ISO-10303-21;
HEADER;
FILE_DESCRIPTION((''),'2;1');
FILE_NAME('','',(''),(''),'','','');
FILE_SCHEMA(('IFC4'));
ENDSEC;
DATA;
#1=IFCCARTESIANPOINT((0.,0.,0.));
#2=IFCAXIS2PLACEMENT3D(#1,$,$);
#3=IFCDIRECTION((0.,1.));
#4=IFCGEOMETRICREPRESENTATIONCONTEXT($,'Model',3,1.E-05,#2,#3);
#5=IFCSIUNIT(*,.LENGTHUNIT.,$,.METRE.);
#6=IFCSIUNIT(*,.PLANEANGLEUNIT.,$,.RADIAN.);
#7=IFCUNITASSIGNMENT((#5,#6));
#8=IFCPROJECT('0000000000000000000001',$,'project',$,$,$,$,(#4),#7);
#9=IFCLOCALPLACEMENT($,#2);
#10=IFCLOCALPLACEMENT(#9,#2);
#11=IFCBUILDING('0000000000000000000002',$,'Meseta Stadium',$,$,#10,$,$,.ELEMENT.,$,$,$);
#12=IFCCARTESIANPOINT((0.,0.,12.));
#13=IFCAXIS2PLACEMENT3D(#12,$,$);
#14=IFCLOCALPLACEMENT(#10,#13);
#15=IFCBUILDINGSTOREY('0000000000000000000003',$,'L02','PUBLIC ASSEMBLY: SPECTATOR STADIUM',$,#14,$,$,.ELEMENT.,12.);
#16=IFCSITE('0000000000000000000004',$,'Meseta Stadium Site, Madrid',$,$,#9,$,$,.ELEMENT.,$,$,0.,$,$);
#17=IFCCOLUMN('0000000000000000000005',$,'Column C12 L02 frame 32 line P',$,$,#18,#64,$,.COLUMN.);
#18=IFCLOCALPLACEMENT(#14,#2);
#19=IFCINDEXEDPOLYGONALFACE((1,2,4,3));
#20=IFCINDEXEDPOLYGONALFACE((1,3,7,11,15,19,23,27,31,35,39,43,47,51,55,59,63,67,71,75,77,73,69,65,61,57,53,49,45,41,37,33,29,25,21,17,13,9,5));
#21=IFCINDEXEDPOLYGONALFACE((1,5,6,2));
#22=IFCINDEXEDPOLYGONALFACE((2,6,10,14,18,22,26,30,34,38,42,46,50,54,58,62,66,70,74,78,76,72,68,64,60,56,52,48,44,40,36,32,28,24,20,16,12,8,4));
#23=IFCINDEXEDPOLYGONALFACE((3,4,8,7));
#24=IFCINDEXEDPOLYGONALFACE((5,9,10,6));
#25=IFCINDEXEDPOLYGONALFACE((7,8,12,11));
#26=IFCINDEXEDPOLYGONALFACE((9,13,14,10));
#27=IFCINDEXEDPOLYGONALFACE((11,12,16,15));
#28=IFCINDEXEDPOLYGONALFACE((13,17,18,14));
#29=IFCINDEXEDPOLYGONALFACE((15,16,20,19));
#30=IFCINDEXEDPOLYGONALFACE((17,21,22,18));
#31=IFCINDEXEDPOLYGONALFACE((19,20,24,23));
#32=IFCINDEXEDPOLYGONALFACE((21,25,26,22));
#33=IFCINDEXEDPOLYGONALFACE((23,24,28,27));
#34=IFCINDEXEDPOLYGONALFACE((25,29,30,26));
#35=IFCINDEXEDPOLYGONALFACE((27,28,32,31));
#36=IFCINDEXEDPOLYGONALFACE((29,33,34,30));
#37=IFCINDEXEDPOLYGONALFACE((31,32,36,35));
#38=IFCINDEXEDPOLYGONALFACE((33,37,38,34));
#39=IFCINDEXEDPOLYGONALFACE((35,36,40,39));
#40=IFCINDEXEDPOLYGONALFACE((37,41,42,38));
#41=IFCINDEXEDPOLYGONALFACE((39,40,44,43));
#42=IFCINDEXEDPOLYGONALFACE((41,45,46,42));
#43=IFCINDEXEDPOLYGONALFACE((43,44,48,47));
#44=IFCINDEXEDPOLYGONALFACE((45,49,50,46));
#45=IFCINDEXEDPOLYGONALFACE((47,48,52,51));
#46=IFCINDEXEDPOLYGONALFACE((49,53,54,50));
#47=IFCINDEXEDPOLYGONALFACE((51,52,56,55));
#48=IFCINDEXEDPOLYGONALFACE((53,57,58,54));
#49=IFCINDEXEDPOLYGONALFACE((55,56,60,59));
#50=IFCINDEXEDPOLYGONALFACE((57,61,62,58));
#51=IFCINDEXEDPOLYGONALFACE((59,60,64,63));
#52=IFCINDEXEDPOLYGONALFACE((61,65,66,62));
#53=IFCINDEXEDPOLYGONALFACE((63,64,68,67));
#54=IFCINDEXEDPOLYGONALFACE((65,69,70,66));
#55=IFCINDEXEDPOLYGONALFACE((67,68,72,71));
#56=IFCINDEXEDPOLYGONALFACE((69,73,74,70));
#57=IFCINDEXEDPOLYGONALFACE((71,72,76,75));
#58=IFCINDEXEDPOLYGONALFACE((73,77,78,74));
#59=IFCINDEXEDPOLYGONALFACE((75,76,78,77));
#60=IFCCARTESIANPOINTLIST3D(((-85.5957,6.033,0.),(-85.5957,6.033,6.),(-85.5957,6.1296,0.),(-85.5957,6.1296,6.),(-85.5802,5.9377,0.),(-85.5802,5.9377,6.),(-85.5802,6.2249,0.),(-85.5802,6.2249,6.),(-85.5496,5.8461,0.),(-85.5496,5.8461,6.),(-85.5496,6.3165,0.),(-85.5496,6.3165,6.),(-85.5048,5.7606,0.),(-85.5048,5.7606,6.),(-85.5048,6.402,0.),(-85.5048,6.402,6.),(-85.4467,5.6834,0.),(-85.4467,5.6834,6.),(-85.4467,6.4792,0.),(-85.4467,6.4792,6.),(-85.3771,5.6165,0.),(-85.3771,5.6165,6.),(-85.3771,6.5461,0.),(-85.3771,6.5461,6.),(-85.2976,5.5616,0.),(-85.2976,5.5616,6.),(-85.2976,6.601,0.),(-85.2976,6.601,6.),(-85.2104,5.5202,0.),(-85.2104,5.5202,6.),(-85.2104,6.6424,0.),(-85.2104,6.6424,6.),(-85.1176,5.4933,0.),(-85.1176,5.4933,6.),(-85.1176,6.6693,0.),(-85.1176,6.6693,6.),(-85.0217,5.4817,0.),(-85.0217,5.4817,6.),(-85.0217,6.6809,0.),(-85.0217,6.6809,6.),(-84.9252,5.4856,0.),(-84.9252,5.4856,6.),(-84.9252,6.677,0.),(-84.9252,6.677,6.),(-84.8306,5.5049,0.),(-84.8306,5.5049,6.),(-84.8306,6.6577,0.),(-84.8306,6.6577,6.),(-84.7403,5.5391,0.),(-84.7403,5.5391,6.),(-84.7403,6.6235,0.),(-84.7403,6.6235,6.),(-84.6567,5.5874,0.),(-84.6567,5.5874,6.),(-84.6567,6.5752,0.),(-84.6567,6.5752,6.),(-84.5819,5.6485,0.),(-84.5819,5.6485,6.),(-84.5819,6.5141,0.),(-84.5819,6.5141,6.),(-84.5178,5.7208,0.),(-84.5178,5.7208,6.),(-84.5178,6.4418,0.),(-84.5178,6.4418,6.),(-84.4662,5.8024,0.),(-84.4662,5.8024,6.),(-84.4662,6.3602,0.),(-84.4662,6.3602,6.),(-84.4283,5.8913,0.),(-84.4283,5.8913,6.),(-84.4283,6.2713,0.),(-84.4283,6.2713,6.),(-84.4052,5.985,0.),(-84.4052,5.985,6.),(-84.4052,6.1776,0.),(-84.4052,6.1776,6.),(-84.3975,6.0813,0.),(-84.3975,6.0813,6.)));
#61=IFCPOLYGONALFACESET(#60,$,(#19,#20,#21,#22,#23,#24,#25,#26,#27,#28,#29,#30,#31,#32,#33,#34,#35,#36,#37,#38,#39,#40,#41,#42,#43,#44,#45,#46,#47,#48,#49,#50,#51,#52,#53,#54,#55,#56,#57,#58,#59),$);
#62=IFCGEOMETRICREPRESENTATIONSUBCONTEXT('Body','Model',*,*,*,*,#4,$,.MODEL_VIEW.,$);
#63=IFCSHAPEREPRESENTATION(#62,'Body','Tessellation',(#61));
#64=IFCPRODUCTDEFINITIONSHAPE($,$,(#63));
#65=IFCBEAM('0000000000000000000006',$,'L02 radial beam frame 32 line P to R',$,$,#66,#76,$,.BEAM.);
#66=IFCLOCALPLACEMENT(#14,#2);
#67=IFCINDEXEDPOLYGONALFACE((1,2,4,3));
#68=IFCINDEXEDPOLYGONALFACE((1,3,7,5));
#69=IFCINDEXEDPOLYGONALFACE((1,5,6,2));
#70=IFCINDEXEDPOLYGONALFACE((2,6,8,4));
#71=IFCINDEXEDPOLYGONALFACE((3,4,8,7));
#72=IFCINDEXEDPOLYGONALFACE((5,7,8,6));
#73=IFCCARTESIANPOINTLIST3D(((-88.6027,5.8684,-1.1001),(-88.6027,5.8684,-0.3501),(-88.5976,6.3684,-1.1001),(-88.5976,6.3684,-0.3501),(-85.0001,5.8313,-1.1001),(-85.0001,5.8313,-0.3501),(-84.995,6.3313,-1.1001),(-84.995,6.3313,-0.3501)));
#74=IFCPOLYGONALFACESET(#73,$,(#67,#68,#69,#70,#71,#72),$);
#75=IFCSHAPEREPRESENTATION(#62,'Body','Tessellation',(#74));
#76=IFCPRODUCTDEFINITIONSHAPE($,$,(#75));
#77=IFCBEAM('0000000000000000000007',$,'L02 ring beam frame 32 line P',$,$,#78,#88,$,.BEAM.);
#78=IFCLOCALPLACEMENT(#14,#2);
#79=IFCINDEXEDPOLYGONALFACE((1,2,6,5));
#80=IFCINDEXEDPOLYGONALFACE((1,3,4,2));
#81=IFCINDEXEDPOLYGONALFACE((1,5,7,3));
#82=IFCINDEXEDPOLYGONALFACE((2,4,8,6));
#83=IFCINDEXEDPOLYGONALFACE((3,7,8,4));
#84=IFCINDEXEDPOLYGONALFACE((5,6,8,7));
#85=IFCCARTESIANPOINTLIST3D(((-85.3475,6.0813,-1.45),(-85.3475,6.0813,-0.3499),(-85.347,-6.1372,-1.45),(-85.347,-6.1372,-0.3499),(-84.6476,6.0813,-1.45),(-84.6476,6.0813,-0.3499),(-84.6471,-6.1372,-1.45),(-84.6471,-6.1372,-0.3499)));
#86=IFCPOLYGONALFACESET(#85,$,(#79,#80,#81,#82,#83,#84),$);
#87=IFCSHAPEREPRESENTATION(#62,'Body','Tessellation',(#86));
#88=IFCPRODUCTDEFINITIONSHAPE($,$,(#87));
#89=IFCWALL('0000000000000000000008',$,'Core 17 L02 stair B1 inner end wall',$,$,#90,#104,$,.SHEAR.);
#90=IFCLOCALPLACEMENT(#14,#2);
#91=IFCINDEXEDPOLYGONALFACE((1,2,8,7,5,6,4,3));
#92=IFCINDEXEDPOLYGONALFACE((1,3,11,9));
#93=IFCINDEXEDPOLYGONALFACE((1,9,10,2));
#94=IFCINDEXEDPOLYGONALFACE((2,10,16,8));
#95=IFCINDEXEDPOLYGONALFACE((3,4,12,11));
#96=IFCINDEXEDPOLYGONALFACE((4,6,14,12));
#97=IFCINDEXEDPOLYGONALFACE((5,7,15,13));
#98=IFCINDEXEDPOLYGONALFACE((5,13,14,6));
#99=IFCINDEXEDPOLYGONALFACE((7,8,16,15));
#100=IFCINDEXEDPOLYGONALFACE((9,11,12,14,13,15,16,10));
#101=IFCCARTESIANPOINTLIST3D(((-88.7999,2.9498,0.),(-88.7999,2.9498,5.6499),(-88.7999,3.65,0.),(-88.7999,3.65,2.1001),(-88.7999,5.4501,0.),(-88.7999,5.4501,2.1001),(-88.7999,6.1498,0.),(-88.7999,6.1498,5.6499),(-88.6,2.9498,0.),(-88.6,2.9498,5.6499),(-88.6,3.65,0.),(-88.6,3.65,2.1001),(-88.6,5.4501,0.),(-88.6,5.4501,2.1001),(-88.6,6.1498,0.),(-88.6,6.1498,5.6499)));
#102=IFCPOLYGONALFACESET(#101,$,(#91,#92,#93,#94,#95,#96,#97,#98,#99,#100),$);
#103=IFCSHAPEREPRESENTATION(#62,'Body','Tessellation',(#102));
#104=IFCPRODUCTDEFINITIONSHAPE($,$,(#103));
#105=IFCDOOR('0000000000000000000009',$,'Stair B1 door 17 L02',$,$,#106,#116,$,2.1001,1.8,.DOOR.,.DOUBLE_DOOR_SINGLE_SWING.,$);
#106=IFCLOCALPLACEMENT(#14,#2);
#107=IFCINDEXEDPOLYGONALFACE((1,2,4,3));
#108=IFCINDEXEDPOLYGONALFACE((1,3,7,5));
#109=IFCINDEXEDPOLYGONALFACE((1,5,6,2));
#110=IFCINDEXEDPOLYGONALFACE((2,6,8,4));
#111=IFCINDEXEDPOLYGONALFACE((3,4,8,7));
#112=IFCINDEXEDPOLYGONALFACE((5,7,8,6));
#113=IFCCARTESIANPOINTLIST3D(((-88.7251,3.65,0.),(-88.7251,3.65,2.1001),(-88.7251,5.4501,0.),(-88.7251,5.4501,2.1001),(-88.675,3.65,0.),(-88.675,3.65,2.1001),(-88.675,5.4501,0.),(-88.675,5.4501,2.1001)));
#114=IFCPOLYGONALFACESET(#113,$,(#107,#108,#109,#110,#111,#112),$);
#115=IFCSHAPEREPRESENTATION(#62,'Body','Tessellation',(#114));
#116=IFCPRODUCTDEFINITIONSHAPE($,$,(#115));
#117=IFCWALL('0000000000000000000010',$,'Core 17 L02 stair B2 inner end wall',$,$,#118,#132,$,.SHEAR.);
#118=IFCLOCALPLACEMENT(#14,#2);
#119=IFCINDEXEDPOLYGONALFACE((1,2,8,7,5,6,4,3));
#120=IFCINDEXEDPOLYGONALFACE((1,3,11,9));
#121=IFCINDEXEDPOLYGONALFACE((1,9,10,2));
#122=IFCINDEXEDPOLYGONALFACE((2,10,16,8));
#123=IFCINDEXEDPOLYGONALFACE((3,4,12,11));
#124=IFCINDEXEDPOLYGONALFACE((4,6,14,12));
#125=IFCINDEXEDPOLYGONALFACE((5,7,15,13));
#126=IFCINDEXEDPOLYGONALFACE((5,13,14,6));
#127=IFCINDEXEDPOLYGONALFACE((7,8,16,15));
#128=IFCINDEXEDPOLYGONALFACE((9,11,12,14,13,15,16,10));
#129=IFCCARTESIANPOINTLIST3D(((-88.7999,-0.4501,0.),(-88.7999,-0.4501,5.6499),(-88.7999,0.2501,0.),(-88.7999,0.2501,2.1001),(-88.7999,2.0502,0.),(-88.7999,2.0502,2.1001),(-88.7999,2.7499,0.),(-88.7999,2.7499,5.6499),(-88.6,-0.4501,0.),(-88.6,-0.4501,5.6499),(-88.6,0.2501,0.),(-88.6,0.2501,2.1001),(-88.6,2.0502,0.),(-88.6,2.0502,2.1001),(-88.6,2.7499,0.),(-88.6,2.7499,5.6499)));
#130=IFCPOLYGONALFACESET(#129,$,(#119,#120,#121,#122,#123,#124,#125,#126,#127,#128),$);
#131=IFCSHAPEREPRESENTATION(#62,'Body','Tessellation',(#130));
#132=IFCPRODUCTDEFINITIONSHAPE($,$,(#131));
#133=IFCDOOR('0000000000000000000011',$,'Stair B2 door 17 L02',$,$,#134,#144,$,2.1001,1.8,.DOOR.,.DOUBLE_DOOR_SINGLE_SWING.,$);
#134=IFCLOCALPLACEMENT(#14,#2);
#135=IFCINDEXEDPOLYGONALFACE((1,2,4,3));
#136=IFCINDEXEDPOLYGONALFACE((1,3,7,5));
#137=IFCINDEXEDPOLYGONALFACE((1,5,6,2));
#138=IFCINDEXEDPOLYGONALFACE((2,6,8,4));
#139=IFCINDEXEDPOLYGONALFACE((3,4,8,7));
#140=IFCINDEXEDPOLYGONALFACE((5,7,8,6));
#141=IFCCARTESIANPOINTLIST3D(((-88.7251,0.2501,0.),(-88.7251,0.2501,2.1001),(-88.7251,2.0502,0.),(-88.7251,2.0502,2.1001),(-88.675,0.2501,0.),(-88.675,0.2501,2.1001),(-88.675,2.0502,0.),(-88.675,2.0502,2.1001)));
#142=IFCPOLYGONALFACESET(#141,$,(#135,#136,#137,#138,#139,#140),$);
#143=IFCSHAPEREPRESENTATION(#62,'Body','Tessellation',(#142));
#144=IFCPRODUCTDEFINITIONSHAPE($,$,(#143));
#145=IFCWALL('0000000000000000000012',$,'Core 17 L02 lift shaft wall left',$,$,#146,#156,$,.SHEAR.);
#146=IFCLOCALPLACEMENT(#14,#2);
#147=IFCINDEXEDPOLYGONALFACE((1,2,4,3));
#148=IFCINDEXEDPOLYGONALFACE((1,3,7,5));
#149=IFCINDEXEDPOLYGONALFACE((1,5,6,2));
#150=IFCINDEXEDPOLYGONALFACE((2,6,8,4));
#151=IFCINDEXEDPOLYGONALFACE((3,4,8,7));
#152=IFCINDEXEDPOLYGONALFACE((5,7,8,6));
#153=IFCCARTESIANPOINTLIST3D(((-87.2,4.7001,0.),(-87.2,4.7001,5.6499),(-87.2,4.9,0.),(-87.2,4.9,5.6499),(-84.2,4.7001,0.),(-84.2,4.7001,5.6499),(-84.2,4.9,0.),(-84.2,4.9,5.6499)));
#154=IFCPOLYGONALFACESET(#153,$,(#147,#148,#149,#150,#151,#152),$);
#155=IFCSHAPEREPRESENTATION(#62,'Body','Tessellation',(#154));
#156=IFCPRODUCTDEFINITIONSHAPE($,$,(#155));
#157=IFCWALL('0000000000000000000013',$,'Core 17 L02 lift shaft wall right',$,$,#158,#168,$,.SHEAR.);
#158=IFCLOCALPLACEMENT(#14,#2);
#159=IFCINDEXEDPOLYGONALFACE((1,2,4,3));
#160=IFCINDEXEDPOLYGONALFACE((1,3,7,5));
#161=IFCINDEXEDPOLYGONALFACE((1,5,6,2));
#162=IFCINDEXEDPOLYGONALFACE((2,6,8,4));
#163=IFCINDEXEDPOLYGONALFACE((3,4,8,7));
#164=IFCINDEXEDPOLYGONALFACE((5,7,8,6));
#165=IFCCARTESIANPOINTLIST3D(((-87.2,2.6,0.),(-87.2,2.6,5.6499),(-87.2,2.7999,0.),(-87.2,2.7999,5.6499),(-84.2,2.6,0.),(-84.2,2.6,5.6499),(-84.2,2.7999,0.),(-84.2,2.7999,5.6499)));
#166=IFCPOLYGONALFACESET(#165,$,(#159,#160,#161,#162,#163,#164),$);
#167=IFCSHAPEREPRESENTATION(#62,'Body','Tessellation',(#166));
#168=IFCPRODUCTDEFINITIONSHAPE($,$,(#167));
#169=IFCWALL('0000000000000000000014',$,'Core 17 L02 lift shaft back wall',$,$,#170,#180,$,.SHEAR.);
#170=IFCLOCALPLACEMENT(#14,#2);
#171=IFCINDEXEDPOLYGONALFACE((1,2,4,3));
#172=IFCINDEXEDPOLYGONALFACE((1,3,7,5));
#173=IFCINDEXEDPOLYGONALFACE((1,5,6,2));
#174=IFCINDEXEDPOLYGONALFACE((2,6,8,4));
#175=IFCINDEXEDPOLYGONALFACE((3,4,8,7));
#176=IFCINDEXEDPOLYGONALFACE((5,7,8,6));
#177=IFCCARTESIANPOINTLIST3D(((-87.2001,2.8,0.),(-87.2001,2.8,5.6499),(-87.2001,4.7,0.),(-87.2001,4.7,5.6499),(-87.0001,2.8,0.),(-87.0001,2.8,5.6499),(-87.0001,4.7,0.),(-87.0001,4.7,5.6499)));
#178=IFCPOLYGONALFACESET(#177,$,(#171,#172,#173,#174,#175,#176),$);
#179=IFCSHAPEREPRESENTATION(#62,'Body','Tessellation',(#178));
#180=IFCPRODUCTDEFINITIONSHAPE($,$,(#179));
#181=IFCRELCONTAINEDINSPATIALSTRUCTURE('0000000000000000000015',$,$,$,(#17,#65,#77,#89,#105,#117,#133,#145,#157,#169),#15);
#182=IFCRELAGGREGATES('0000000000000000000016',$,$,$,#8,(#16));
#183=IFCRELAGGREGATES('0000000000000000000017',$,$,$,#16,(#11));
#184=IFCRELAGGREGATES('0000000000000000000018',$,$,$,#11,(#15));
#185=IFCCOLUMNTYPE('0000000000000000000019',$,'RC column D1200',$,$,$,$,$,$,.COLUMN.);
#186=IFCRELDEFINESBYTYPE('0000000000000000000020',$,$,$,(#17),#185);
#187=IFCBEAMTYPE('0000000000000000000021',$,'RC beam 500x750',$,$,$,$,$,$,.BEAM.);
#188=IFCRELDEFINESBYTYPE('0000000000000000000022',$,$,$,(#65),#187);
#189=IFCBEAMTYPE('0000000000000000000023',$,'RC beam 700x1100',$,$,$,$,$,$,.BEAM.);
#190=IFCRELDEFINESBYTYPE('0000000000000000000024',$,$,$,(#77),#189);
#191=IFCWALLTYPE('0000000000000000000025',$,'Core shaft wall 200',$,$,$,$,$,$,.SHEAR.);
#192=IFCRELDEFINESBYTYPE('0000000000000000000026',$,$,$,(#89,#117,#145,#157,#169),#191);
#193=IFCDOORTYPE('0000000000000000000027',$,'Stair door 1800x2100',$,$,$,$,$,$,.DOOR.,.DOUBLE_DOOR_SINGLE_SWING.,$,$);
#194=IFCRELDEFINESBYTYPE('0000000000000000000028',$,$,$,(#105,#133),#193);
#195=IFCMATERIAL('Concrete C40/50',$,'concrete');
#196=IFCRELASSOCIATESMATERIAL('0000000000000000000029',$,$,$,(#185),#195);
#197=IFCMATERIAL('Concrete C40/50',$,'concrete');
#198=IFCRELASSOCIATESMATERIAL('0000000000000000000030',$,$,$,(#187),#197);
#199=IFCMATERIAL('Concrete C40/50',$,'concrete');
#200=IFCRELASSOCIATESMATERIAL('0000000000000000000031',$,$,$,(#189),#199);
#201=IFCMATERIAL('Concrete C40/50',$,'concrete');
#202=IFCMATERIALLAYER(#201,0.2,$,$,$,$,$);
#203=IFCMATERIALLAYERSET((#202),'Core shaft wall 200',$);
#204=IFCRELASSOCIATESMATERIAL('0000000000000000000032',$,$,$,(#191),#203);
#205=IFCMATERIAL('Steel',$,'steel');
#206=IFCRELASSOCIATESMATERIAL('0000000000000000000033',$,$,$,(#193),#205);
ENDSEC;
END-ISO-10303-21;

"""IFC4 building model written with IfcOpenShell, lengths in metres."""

from ifc_helpers import new_model, si_unit, direction, frame, frame_2d, origin, origin_2d, place, context, subcontext, project, spatial, rectangle, circle, extrude, material, layer, layer_set, material_profile, profile_set, type_object, element, fill, save


model = new_model("IFC4")

# Units and contexts
model_context = context("Model", 3, precision=1e-05, world=origin(), true_north=direction((0.0, 1.0)))
body_context = subcontext(model_context, "Body", "Model", "MODEL_VIEW")
ifc_project = project(units=[si_unit("LENGTHUNIT", "METRE"), si_unit("PLANEANGLEUNIT", "RADIAN")], contexts=[model_context])

# Site, building, storey
site_placement = place(None, origin())
site = spatial("IfcSite", under=ifc_project, at=site_placement, Name="Meseta Stadium Site, Madrid", CompositionType="ELEMENT", RefElevation=0.0)
building_placement = place(site_placement, origin())
building = spatial("IfcBuilding", under=site, at=building_placement, Name="Meseta Stadium", CompositionType="ELEMENT")
storey_placement = place(building_placement, frame((0.0, 0.0, 12.0)))
storey = spatial("IfcBuildingStorey", under=building, at=storey_placement, Name="L02", Description="PUBLIC ASSEMBLY: SPECTATOR STADIUM", CompositionType="ELEMENT", Elevation=12.0)

# Column
ifc_material_1 = material(Name="Concrete C40/50", Category="concrete")
ifc_material_profile_1 = material_profile(ifc_material_1, circle(Radius=0.6001, at=origin_2d()), Name="RC D1200")
ifc_profile_set_1 = profile_set([ifc_material_profile_1], Name="Concrete C40/50")
column_type = type_object("IfcColumnType", Name="RC column D1200", PredefinedType="COLUMN", material=ifc_profile_set_1)
column_placement = place(storey_placement, frame((-84.9976, 6.0813, 0.0), z_axis=(0.0, 0.0, 1.0), x_axis=(1.0, 0.0, 0.0)))
element("IfcColumn", 1, at=column_placement, inside=storey, type_object=column_type, Name="Column C12 L02 frame 32 line P", PredefinedType="COLUMN", context=body_context, shape_type="SweptSolid", body=[
    extrude(circle(Radius=0.6001, at=origin_2d()), origin(), (0.0, 0.0, 1.0), 6.0),
])

# Beams
ifc_material_2 = material(Name="Concrete C40/50", Category="concrete")
ifc_material_profile_2 = material_profile(ifc_material_2, rectangle(XDim=0.5, YDim=0.75, at=origin_2d()), Name="RC 500x750")
ifc_profile_set_2 = profile_set([ifc_material_profile_2], Name="Concrete C40/50")
beam_type_1 = type_object("IfcBeamType", Name="RC beam 500x750", PredefinedType="BEAM", material=ifc_profile_set_2)
beam_1_placement = place(storey_placement, frame((-84.9976, 6.0813, -0.7251), z_axis=(-0.999947, 0.0103, 0.0), x_axis=(-0.0103, -0.999947, 0.0)))
element("IfcBeam", 2, at=beam_1_placement, inside=storey, type_object=beam_type_1, Name="L02 radial beam frame 32 line P to R", PredefinedType="BEAM", context=body_context, shape_type="SweptSolid", body=[
    extrude(rectangle(XDim=0.5, YDim=0.75, at=origin_2d()), origin(), (0.0, 0.0, 1.0), 3.6028),
])
ifc_material_3 = material(Name="Concrete C40/50", Category="concrete")
ifc_material_profile_3 = material_profile(ifc_material_3, rectangle(XDim=0.7, YDim=1.1001, at=origin_2d()), Name="RC 700x1100")
ifc_profile_set_3 = profile_set([ifc_material_profile_3], Name="Concrete C40/50")
beam_type_2 = type_object("IfcBeamType", Name="RC beam 700x1100", PredefinedType="BEAM", material=ifc_profile_set_3)
beam_2_placement = place(storey_placement, frame((-84.9976, 6.0813, -0.8999), z_axis=(0.00004, -1.0, 0.0), x_axis=(1.0, 0.00004, 0.0)))
element("IfcBeam", 3, at=beam_2_placement, inside=storey, type_object=beam_type_2, Name="L02 ring beam frame 32 line P", PredefinedType="BEAM", context=body_context, shape_type="SweptSolid", body=[
    extrude(rectangle(XDim=0.7, YDim=1.1001, at=origin_2d()), origin(), (0.0, 0.0, 1.0), 12.2185),
])

# Walls, openings, doors
ifc_material_4 = material(Name="Concrete C40/50", Category="concrete")
ifc_layer_1 = layer(ifc_material_4, 0.2)
ifc_layer_set_1 = layer_set([ifc_layer_1], Name="Core shaft wall 200")
wall_type_1 = type_object("IfcWallType", Name="Core shaft wall 200", PredefinedType="SHEAR", material=ifc_layer_set_1)
wall_1_placement = place(storey_placement, frame((-88.7, 6.1499, 0.0), z_axis=(0.0, 0.0, 1.0), x_axis=(0.0, -1.0, 0.0)))
wall_1 = element("IfcWall", 4, at=wall_1_placement, inside=storey, type_object=wall_type_1, Name="Core 17 L02 stair B1 inner end wall", PredefinedType="SHEAR", context=body_context, shape_type="SweptSolid", body=[
    extrude(rectangle(XDim=3.2, YDim=0.2, at=frame_2d((1.6001, 0.0))), origin(), (0.0, 0.0, 1.0), 5.6499),
])
opening_1_placement = place(wall_1_placement, frame((0.7, 0.0, 0.0)))
opening_1 = element("IfcOpeningElement", 5, at=opening_1_placement, cuts=wall_1, PredefinedType="OPENING", context=body_context, shape_type="SweptSolid", body=[
    extrude(rectangle(XDim=1.8, YDim=2.1001, at=frame_2d((0.8999, 1.05))), frame((0.0, 0.1099, 0.0), z_axis=(0.0, -1.0, 0.0), x_axis=(1.0, 0.0, 0.0)), (0.0, 0.0, 1.0), 0.22),
])
ifc_material_5 = material(Name="Steel", Category="steel")
door_type_1 = type_object("IfcDoorType", Name="Stair door 1800x2100", OperationType="DOUBLE_DOOR_SINGLE_SWING", PredefinedType="DOOR", material=ifc_material_5)
door_1_placement = place(opening_1_placement, origin())
door_1 = element("IfcDoor", 6, at=door_1_placement, inside=storey, type_object=door_type_1, Name="Stair B1 door 17 L02", OperationType="DOUBLE_DOOR_SINGLE_SWING", OverallHeight=2.1001, OverallWidth=1.8, PredefinedType="DOOR", context=body_context, shape_type="SweptSolid", body=[
    extrude(rectangle(XDim=1.8, YDim=2.1001, at=frame_2d((0.8999, 1.05))), frame((0.0, 0.0249, 0.0), z_axis=(0.0, -1.0, 0.0), x_axis=(1.0, 0.0, 0.0)), (0.0, 0.0, 1.0), 0.05),
])
fill(opening_1, door_1)
wall_2_placement = place(storey_placement, frame((-88.7, 2.75, 0.0), z_axis=(0.0, 0.0, 1.0), x_axis=(0.0, -1.0, 0.0)))
wall_2 = element("IfcWall", 7, at=wall_2_placement, inside=storey, type_object=wall_type_1, Name="Core 17 L02 stair B2 inner end wall", PredefinedType="SHEAR", context=body_context, shape_type="SweptSolid", body=[
    extrude(rectangle(XDim=3.2, YDim=0.2, at=frame_2d((1.6001, 0.0))), origin(), (0.0, 0.0, 1.0), 5.6499),
])
opening_2_placement = place(wall_2_placement, frame((0.7, 0.0, 0.0)))
opening_2 = element("IfcOpeningElement", 8, at=opening_2_placement, cuts=wall_2, PredefinedType="OPENING", context=body_context, shape_type="SweptSolid", body=[
    extrude(rectangle(XDim=1.8, YDim=2.1001, at=frame_2d((0.8999, 1.05))), frame((0.0, 0.1099, 0.0), z_axis=(0.0, -1.0, 0.0), x_axis=(1.0, 0.0, 0.0)), (0.0, 0.0, 1.0), 0.22),
])
door_2_placement = place(opening_2_placement, origin())
door_2 = element("IfcDoor", 9, at=door_2_placement, inside=storey, type_object=door_type_1, Name="Stair B2 door 17 L02", OperationType="DOUBLE_DOOR_SINGLE_SWING", OverallHeight=2.1001, OverallWidth=1.8, PredefinedType="DOOR", context=body_context, shape_type="SweptSolid", body=[
    extrude(rectangle(XDim=1.8, YDim=2.1001, at=frame_2d((0.8999, 1.05))), frame((0.0, 0.0249, 0.0), z_axis=(0.0, -1.0, 0.0), x_axis=(1.0, 0.0, 0.0)), (0.0, 0.0, 1.0), 0.05),
])
fill(opening_2, door_2)

# Walls
for number, where, z_axis, x_axis, name in (
    (10, (-87.2, 4.8, 0.0), (0.0, 0.0, 1.0), (1.0, 0.0, 0.0), "Core 17 L02 lift shaft wall left"),
    (11, (-87.2, 2.7, 0.0), (0.0, 0.0, 1.0), (1.0, 0.0, 0.0), "Core 17 L02 lift shaft wall right"),
):
    element("IfcWall", number, at=place(storey_placement, frame(where, z_axis=z_axis, x_axis=x_axis)), inside=storey, type_object=wall_type_1, Name=name, PredefinedType="SHEAR", context=body_context, shape_type="SweptSolid", body=[
        extrude(rectangle(XDim=3.0, YDim=0.2, at=frame_2d((1.5, 0.0))), origin(), (0.0, 0.0, 1.0), 5.6499),
    ])
wall_3_placement = place(storey_placement, frame((-87.1001, 4.7, 0.0), z_axis=(0.0, 0.0, 1.0), x_axis=(0.0, -1.0, 0.0)))
element("IfcWall", 12, at=wall_3_placement, inside=storey, type_object=wall_type_1, Name="Core 17 L02 lift shaft back wall", PredefinedType="SHEAR", context=body_context, shape_type="SweptSolid", body=[
    extrude(rectangle(XDim=1.8999, YDim=0.2, at=frame_2d((0.95, 0.0))), origin(), (0.0, 0.0, 1.0), 5.6499),
])

save(model, "model.ifc")
